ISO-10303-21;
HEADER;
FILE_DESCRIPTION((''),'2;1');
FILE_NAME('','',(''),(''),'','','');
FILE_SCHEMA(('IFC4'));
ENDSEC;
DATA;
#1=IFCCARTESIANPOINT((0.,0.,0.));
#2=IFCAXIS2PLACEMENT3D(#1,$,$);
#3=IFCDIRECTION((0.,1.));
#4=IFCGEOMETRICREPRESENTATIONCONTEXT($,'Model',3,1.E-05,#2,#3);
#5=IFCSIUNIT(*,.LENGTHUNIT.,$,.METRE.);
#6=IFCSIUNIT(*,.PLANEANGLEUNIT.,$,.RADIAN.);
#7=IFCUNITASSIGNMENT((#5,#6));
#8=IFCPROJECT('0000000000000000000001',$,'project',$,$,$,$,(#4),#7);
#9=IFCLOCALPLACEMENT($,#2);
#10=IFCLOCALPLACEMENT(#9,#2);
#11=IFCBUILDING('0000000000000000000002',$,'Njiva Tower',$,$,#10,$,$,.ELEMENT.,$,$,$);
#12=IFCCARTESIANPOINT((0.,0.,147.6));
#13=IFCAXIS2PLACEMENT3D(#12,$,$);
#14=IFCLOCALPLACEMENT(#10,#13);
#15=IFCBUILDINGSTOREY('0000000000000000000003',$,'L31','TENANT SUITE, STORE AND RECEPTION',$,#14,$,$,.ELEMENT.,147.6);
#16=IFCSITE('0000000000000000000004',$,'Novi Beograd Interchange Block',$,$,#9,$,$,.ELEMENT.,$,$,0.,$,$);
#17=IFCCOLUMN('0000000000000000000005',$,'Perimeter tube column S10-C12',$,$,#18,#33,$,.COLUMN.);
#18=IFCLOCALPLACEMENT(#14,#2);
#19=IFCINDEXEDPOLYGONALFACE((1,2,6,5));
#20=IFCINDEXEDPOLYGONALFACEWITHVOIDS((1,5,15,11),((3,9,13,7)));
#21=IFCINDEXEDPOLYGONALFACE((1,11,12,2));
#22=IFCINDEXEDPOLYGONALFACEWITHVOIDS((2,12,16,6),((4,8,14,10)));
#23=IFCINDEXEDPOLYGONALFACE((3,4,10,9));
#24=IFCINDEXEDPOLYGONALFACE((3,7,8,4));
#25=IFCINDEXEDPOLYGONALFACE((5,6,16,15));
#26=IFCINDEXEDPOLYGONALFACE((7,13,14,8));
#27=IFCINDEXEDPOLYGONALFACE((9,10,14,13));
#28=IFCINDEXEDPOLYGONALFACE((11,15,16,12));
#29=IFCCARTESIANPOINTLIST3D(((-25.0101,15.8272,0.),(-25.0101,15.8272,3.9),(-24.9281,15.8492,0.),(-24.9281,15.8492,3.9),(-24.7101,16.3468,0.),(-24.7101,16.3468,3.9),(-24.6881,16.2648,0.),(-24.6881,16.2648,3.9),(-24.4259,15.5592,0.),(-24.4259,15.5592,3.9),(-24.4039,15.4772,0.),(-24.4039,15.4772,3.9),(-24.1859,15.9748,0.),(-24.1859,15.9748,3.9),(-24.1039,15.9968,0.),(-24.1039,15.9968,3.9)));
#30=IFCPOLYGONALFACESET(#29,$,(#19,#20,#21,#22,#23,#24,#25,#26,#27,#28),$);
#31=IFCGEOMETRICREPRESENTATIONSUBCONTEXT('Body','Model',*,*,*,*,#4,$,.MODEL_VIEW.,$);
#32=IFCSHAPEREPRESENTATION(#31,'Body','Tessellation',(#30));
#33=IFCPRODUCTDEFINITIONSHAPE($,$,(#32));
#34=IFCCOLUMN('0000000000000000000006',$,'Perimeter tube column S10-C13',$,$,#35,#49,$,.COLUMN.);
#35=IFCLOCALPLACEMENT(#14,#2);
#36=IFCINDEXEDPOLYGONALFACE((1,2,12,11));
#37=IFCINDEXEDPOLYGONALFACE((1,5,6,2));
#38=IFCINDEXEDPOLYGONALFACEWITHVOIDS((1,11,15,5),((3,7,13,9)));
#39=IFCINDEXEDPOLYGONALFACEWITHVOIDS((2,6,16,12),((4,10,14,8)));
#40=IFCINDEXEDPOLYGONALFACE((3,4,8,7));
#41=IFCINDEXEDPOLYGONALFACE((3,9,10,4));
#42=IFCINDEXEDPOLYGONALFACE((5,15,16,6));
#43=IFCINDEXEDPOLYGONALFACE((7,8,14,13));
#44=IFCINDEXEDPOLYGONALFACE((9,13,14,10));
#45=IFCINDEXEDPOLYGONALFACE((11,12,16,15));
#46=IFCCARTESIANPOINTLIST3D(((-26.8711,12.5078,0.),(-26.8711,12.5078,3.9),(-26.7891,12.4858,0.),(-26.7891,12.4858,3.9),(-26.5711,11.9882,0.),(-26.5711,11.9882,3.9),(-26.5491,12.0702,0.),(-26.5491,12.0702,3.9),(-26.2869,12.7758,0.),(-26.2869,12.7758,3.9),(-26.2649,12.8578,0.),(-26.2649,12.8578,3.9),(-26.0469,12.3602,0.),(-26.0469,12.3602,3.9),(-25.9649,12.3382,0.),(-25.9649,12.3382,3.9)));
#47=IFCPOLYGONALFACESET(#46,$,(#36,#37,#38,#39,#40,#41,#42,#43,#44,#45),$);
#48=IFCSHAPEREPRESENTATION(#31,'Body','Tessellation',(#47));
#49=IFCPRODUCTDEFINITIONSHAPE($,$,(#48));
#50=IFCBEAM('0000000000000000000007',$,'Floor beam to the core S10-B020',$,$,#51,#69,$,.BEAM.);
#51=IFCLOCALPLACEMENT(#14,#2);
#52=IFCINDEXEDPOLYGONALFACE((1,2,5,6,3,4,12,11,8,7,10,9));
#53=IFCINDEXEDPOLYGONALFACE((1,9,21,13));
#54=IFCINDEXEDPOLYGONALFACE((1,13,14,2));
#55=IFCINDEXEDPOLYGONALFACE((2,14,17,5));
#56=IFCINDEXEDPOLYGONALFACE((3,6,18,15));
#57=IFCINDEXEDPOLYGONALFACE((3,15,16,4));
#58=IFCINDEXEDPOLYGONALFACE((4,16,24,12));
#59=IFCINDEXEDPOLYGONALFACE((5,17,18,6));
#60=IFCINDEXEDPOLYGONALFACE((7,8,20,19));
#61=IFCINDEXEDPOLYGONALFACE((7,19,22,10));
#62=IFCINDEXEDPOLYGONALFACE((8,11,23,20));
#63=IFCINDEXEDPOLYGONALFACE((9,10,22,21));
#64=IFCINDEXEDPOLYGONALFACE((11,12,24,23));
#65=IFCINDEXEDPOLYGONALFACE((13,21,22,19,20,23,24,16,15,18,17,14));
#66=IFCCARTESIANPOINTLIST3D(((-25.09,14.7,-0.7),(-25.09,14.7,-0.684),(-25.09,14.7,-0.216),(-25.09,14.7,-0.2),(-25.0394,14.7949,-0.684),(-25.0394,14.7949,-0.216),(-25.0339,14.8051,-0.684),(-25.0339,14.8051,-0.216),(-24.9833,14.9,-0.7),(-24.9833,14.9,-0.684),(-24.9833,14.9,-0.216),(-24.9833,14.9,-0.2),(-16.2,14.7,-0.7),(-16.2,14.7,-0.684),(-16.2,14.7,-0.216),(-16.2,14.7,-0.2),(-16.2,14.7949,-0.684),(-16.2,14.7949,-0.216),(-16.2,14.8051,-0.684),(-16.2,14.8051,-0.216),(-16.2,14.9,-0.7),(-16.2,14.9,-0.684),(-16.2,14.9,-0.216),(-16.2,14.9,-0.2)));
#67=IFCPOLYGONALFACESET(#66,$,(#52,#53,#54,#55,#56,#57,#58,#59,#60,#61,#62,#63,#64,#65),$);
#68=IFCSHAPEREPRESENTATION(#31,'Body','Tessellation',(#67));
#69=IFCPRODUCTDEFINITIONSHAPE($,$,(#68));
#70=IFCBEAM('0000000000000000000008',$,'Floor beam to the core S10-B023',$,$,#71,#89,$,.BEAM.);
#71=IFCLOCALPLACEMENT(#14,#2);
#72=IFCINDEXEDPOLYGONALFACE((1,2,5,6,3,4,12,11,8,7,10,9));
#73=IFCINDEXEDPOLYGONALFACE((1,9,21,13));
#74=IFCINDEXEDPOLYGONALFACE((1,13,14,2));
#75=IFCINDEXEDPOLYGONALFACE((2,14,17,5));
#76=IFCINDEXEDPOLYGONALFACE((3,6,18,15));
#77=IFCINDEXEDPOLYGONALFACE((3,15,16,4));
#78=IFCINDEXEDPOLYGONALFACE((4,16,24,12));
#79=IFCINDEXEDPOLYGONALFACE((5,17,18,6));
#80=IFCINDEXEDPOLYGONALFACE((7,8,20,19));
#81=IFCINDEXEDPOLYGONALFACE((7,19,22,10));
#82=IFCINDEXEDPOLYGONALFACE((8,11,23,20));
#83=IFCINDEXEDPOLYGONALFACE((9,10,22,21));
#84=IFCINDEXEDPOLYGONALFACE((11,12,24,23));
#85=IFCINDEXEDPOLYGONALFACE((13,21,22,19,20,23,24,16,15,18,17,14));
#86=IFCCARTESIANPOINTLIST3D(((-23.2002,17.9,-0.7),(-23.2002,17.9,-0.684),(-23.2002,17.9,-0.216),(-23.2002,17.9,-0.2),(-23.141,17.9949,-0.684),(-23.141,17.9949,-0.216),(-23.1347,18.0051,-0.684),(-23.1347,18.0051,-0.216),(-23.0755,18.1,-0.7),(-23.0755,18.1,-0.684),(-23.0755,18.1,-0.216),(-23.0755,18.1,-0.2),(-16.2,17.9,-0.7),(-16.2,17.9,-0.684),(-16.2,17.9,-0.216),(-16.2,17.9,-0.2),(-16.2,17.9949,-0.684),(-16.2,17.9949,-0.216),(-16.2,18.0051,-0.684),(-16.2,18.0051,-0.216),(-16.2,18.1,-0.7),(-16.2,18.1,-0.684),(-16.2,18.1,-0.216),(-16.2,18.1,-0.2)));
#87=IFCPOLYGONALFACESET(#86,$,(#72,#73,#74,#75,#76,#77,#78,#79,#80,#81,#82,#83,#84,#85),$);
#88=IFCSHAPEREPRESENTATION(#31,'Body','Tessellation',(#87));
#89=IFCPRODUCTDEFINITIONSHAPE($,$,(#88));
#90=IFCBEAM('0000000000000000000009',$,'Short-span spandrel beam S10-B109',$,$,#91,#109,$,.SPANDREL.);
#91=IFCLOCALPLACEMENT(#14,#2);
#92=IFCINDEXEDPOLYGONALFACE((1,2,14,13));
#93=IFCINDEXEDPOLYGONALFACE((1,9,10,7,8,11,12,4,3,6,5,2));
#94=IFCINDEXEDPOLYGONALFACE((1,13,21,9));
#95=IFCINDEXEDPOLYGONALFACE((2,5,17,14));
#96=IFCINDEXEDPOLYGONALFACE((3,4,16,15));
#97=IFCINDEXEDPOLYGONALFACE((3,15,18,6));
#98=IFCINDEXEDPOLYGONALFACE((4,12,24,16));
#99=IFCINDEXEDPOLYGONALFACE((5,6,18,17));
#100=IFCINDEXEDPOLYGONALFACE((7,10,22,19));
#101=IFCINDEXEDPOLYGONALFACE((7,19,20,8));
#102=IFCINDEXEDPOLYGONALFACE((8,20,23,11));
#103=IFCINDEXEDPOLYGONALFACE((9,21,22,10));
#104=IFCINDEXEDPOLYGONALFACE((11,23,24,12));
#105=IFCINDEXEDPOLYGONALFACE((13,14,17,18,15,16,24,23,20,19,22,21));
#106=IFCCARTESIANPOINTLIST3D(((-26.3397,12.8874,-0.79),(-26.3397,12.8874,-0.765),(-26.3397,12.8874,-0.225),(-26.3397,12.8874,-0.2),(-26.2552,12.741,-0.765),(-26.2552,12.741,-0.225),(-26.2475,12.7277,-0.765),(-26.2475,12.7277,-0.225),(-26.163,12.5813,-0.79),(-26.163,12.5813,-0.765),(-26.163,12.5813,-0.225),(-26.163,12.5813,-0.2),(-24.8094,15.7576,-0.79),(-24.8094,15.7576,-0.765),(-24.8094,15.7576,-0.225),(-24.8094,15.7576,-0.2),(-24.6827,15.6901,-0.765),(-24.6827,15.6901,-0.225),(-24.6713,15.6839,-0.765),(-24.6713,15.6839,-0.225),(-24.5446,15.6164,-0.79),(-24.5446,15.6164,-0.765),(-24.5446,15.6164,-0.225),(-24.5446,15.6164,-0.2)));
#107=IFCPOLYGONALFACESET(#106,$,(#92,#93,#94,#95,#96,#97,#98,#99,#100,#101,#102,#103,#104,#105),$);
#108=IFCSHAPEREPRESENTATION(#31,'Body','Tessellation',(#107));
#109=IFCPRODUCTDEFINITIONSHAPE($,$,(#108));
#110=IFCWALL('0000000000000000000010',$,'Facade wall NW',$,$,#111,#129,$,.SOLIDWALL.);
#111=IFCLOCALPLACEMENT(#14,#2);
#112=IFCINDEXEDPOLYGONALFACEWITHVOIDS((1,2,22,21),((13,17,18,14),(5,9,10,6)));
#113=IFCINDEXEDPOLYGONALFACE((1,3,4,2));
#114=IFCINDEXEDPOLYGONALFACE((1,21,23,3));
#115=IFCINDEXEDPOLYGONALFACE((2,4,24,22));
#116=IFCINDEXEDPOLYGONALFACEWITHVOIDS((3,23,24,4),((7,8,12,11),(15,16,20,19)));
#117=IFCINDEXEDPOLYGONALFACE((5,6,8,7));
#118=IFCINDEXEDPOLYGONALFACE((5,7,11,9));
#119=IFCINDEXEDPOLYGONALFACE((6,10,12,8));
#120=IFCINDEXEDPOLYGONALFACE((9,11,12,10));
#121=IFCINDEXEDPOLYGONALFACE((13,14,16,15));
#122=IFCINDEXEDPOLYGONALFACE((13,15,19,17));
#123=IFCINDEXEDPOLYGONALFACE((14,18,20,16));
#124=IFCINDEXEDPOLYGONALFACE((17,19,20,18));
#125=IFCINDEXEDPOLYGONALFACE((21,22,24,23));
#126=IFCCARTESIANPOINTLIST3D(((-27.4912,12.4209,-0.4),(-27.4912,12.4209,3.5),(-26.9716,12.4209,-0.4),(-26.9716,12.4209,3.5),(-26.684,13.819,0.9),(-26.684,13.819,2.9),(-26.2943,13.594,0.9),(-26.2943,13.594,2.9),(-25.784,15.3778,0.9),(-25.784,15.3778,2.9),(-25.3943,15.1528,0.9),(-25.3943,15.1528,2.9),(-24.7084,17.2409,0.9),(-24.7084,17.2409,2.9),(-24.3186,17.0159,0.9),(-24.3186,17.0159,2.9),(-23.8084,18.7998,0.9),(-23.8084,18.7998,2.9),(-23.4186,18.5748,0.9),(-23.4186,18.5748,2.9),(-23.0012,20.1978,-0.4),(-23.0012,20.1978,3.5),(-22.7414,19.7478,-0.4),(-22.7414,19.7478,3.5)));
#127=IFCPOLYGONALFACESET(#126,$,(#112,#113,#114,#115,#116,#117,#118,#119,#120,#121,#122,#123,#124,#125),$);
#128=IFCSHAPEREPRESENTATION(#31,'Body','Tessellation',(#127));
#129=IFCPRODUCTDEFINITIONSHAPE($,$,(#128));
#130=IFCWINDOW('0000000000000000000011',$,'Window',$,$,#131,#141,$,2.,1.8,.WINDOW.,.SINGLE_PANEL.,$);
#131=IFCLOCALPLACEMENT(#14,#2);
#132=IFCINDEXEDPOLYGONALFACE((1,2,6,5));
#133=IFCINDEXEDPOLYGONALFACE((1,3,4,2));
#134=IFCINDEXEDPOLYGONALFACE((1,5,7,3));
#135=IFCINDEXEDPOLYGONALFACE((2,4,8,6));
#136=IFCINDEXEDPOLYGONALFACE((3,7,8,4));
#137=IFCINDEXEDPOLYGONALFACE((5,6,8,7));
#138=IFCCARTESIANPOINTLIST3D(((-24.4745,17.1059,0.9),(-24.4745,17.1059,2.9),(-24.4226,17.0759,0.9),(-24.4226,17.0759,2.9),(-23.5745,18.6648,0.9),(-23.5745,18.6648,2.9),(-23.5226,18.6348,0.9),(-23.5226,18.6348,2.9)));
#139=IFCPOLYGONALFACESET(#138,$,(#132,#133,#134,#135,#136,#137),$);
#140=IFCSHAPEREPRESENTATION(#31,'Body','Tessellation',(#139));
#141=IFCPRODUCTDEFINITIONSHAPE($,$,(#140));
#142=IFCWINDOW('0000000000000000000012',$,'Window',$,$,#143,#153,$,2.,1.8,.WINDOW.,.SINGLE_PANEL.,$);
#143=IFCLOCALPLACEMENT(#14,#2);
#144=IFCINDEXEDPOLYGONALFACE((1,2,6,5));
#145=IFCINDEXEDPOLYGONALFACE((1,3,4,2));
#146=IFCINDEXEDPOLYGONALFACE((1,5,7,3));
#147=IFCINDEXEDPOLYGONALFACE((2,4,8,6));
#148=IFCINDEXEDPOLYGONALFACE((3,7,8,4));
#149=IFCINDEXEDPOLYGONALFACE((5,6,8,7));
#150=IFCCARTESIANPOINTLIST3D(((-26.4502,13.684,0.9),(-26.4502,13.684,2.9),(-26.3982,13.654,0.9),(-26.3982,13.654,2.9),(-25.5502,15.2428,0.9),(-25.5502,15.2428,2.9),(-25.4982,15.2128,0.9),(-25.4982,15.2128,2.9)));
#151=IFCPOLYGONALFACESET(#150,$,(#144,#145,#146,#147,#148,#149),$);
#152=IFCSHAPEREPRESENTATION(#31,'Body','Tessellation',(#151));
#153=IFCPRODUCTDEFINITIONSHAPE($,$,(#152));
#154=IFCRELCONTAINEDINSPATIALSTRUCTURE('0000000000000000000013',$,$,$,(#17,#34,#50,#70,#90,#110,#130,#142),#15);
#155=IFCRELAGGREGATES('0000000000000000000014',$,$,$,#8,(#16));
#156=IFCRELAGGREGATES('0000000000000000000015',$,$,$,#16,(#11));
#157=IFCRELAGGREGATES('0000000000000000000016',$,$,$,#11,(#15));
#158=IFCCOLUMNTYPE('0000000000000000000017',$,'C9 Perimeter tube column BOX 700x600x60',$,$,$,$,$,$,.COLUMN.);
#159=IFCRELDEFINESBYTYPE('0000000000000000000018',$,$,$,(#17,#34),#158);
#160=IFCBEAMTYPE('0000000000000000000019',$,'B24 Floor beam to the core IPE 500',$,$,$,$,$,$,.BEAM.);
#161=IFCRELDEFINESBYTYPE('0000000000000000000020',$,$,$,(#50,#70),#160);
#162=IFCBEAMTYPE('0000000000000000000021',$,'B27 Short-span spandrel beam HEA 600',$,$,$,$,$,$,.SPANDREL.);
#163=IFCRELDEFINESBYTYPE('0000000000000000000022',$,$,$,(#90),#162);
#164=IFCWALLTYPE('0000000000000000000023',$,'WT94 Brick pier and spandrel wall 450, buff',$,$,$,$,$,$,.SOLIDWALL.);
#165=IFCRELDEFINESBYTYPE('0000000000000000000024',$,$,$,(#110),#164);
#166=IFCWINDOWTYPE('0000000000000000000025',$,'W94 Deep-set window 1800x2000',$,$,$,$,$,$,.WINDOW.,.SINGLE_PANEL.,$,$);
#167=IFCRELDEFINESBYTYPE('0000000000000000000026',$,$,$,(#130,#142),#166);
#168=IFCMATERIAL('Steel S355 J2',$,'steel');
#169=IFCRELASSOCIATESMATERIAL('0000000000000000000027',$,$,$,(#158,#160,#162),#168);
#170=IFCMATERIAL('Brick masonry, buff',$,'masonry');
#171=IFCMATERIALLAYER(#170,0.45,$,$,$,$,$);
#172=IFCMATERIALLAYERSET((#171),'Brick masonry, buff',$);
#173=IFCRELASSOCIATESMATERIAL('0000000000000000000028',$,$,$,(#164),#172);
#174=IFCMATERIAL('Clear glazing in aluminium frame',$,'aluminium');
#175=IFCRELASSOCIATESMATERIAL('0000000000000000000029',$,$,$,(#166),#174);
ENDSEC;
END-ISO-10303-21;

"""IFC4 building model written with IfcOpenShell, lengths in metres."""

from ifc_helpers import new_model, si_unit, direction, frame, frame_2d, origin, origin_2d, place, context, subcontext, project, spatial, polyline, rectangle, hollow_rectangle, i_section, outline, extrude, clip, halfspace, material, layer, layer_set, material_profile, profile_set, type_object, element, fill, save


model = new_model("IFC4")

# Units and contexts
model_context = context("Model", 3, precision=1e-05, world=origin(), true_north=direction((0.0, 1.0)))
body_context = subcontext(model_context, "Body", "Model", "MODEL_VIEW")
ifc_project = project(units=[si_unit("LENGTHUNIT", "METRE"), si_unit("PLANEANGLEUNIT", "RADIAN")], contexts=[model_context])

# Site, building, storey
site_placement = place(None, origin())
site = spatial("IfcSite", under=ifc_project, at=site_placement, Name="Novi Beograd Interchange Block", CompositionType="ELEMENT", RefElevation=0.0)
building_placement = place(site_placement, origin())
building = spatial("IfcBuilding", under=site, at=building_placement, Name="Njiva Tower", CompositionType="ELEMENT")
storey_placement = place(building_placement, frame((0.0, 0.0, 147.6)))
storey = spatial("IfcBuildingStorey", under=building, at=storey_placement, Name="L31", Description="TENANT SUITE, STORE AND RECEPTION", CompositionType="ELEMENT", Elevation=147.6)

# Columns
ifc_material_1 = material(Name="Steel S355 J2", Category="steel")
ifc_material_profile_1 = material_profile(ifc_material_1, hollow_rectangle(XDim=0.6, YDim=0.7, WallThickness=0.06, at=origin_2d()), Name="BOX 700x600x60")
ifc_profile_set_1 = profile_set([ifc_material_profile_1], Name="Steel S355 J2")
column_type = type_object("IfcColumnType", Name="C9 Perimeter tube column BOX 700x600x60", PredefinedType="COLUMN", material=ifc_profile_set_1)
for number, where, z_axis, x_axis, name in (
    (1, (-24.557, 15.912, 0.0), (0.0, 0.0, 1.0), (-0.5, -0.866025, 0.0), "Perimeter tube column S10-C12"),
    (2, (-26.418, 12.423, 0.0), (0.0, 0.0, 1.0), (0.5, -0.866025, 0.0), "Perimeter tube column S10-C13"),
):
    element("IfcColumn", number, at=place(storey_placement, frame(where, z_axis=z_axis, x_axis=x_axis)), inside=storey, type_object=column_type, Name=name, PredefinedType="COLUMN", context=body_context, shape_type="SweptSolid", body=[
        extrude(hollow_rectangle(XDim=0.6, YDim=0.7, WallThickness=0.06, at=origin_2d()), origin(), (0.0, 0.0, 1.0), 3.9),
    ])

# Beams
ifc_material_profile_2 = material_profile(ifc_material_1, i_section(OverallWidth=0.2, OverallDepth=0.5, WebThickness=0.0102, FlangeThickness=0.016, at=origin_2d()), Name="IPE 500")
ifc_profile_set_2 = profile_set([ifc_material_profile_2], Name="Steel S355 J2")
beam_type_1 = type_object("IfcBeamType", Name="B24 Floor beam to the core IPE 500", PredefinedType="BEAM", material=ifc_profile_set_2)
beam_1_placement = place(storey_placement, frame((-25.11, 14.8, -0.45), z_axis=(1.0, 0.0, 0.0), x_axis=(0.0, 1.0, 0.0)))
element("IfcBeam", 3, at=beam_1_placement, inside=storey, type_object=beam_type_1, Name="Floor beam to the core S10-B020", PredefinedType="BEAM", context=body_context, shape_type="Clipping", body=[
    clip(extrude(i_section(OverallWidth=0.2, OverallDepth=0.5, WebThickness=0.0102, FlangeThickness=0.016, at=origin_2d()), origin(), (0.0, 0.0, 1.0), 8.91), halfspace(frame((0.0235, 0.0, 0.0859), z_axis=(0.470559, 0.0, -0.882368), x_axis=(0.0, -1.0, 0.0)), False)),
])
beam_2_placement = place(storey_placement, frame((-23.22, 18.0, -0.45), z_axis=(1.0, 0.0, 0.0), x_axis=(0.0, 1.0, 0.0)))
element("IfcBeam", 4, at=beam_2_placement, inside=storey, type_object=beam_type_1, Name="Floor beam to the core S10-B023", PredefinedType="BEAM", context=body_context, shape_type="Clipping", body=[
    clip(extrude(i_section(OverallWidth=0.2, OverallDepth=0.5, WebThickness=0.0102, FlangeThickness=0.016, at=origin_2d()), origin(), (0.0, 0.0, 1.0), 7.02), halfspace(frame((0.0264, 0.0, 0.0986), z_axis=(0.528871, 0.0, -0.848702), x_axis=(0.0, -1.0, 0.0)), False)),
])
ifc_material_profile_3 = material_profile(ifc_material_1, i_section(OverallWidth=0.3, OverallDepth=0.59, WebThickness=0.013, FlangeThickness=0.025, at=origin_2d()), Name="HEA 600")
ifc_profile_set_3 = profile_set([ifc_material_profile_3], Name="Steel S355 J2")
beam_type_2 = type_object("IfcBeamType", Name="B27 Short-span spandrel beam HEA 600", PredefinedType="SPANDREL", material=ifc_profile_set_3)
beam_3_placement = place(storey_placement, frame((-24.677, 15.687, -0.495), z_axis=(-0.470495, -0.882403, 0.0), x_axis=(0.882403, -0.470495, 0.0)))
element("IfcBeam", 5, at=beam_3_placement, inside=storey, type_object=beam_type_2, Name="Short-span spandrel beam S10-B109", PredefinedType="SPANDREL", context=body_context, shape_type="Clipping", body=[
    clip(extrude(i_section(OverallWidth=0.3, OverallDepth=0.59, WebThickness=0.013, FlangeThickness=0.025, at=origin_2d()), origin(), (0.0, 0.0, 1.0), 3.4584), halfspace(frame((-0.0266, 0.0, 3.3296), z_axis=(-0.528937, 0.0, 0.848661), x_axis=(0.0, 1.0, 0.0)), False)),
])

# Wall, openings, windows
ifc_material_2 = material(Name="Clear glazing in aluminium frame", Category="aluminium")
ifc_material_3 = material(Name="Brick masonry, buff", Category="masonry")
ifc_layer_1 = layer(ifc_material_3, 0.45)
ifc_layer_set_1 = layer_set([ifc_layer_1], Name="Brick masonry, buff")
wall_type_1 = type_object("IfcWallType", Name="WT94 Brick pier and spandrel wall 450, buff", PredefinedType="SOLIDWALL", material=ifc_layer_set_1)
wall_1_placement = place(storey_placement, frame((-22.8713, 19.9728, -0.4), z_axis=(0.0, 0.0, 1.0), x_axis=(-0.500001, -0.866025, 0.0)))
wall_1 = element("IfcWall", 6, at=wall_1_placement, inside=storey, type_object=wall_type_1, Name="Facade wall NW", PredefinedType="SOLIDWALL", context=body_context, shape_type="SweptSolid", body=[
    extrude(outline(polyline([(-0.1299, -0.225), (8.8501, -0.225), (8.5903, 0.225), (0.1299, 0.225), (-0.1299, -0.225)])), origin(), (0.0, 0.0, 1.0), 3.9),
])
opening_1_placement = place(wall_1_placement, frame((1.4844, 0.0, 1.3)))
opening_1 = element("IfcOpeningElement", 7, at=opening_1_placement, cuts=wall_1, PredefinedType="OPENING", context=body_context, shape_type="SweptSolid", body=[
    extrude(rectangle(XDim=1.8, YDim=2.0, at=frame_2d((0.9, 1.0))), frame((0.0, 0.235, 0.0), z_axis=(0.0, -1.0, 0.0), x_axis=(1.0, 0.0, 0.0)), (0.0, 0.0, 1.0), 0.47),
])
opening_2_placement = place(wall_1_placement, frame((5.4357, 0.0, 1.3)))
opening_2 = element("IfcOpeningElement", 8, at=opening_2_placement, cuts=wall_1, PredefinedType="OPENING", context=body_context, shape_type="SweptSolid", body=[
    extrude(rectangle(XDim=1.8, YDim=2.0, at=frame_2d((0.9, 1.0))), frame((0.0, 0.235, 0.0), z_axis=(0.0, -1.0, 0.0), x_axis=(1.0, 0.0, 0.0)), (0.0, 0.0, 1.0), 0.47),
])
window_type_1 = type_object("IfcWindowType", Name="W94 Deep-set window 1800x2000", PartitioningType="SINGLE_PANEL", PredefinedType="WINDOW", material=ifc_material_2)
window_1_placement = place(opening_1_placement, origin())
window_1 = element("IfcWindow", 9, at=window_1_placement, inside=storey, type_object=window_type_1, Name="Window", OverallHeight=2.0, OverallWidth=1.8, PartitioningType="SINGLE_PANEL", PredefinedType="WINDOW", context=body_context, shape_type="SweptSolid", body=[
    extrude(rectangle(XDim=1.8, YDim=2.0, at=frame_2d((0.9, 1.0))), frame((0.0, 0.105, 0.0), z_axis=(0.0, -1.0, 0.0), x_axis=(1.0, 0.0, 0.0)), (0.0, 0.0, 1.0), 0.06),
])
fill(opening_1, window_1)
window_2_placement = place(opening_2_placement, origin())
window_2 = element("IfcWindow", 10, at=window_2_placement, inside=storey, type_object=window_type_1, Name="Window", OverallHeight=2.0, OverallWidth=1.8, PartitioningType="SINGLE_PANEL", PredefinedType="WINDOW", context=body_context, shape_type="SweptSolid", body=[
    extrude(rectangle(XDim=1.8, YDim=2.0, at=frame_2d((0.9, 1.0))), frame((0.0, 0.105, 0.0), z_axis=(0.0, -1.0, 0.0), x_axis=(1.0, 0.0, 0.0)), (0.0, 0.0, 1.0), 0.06),
])
fill(opening_2, window_2)

save(model, "model.ifc")
